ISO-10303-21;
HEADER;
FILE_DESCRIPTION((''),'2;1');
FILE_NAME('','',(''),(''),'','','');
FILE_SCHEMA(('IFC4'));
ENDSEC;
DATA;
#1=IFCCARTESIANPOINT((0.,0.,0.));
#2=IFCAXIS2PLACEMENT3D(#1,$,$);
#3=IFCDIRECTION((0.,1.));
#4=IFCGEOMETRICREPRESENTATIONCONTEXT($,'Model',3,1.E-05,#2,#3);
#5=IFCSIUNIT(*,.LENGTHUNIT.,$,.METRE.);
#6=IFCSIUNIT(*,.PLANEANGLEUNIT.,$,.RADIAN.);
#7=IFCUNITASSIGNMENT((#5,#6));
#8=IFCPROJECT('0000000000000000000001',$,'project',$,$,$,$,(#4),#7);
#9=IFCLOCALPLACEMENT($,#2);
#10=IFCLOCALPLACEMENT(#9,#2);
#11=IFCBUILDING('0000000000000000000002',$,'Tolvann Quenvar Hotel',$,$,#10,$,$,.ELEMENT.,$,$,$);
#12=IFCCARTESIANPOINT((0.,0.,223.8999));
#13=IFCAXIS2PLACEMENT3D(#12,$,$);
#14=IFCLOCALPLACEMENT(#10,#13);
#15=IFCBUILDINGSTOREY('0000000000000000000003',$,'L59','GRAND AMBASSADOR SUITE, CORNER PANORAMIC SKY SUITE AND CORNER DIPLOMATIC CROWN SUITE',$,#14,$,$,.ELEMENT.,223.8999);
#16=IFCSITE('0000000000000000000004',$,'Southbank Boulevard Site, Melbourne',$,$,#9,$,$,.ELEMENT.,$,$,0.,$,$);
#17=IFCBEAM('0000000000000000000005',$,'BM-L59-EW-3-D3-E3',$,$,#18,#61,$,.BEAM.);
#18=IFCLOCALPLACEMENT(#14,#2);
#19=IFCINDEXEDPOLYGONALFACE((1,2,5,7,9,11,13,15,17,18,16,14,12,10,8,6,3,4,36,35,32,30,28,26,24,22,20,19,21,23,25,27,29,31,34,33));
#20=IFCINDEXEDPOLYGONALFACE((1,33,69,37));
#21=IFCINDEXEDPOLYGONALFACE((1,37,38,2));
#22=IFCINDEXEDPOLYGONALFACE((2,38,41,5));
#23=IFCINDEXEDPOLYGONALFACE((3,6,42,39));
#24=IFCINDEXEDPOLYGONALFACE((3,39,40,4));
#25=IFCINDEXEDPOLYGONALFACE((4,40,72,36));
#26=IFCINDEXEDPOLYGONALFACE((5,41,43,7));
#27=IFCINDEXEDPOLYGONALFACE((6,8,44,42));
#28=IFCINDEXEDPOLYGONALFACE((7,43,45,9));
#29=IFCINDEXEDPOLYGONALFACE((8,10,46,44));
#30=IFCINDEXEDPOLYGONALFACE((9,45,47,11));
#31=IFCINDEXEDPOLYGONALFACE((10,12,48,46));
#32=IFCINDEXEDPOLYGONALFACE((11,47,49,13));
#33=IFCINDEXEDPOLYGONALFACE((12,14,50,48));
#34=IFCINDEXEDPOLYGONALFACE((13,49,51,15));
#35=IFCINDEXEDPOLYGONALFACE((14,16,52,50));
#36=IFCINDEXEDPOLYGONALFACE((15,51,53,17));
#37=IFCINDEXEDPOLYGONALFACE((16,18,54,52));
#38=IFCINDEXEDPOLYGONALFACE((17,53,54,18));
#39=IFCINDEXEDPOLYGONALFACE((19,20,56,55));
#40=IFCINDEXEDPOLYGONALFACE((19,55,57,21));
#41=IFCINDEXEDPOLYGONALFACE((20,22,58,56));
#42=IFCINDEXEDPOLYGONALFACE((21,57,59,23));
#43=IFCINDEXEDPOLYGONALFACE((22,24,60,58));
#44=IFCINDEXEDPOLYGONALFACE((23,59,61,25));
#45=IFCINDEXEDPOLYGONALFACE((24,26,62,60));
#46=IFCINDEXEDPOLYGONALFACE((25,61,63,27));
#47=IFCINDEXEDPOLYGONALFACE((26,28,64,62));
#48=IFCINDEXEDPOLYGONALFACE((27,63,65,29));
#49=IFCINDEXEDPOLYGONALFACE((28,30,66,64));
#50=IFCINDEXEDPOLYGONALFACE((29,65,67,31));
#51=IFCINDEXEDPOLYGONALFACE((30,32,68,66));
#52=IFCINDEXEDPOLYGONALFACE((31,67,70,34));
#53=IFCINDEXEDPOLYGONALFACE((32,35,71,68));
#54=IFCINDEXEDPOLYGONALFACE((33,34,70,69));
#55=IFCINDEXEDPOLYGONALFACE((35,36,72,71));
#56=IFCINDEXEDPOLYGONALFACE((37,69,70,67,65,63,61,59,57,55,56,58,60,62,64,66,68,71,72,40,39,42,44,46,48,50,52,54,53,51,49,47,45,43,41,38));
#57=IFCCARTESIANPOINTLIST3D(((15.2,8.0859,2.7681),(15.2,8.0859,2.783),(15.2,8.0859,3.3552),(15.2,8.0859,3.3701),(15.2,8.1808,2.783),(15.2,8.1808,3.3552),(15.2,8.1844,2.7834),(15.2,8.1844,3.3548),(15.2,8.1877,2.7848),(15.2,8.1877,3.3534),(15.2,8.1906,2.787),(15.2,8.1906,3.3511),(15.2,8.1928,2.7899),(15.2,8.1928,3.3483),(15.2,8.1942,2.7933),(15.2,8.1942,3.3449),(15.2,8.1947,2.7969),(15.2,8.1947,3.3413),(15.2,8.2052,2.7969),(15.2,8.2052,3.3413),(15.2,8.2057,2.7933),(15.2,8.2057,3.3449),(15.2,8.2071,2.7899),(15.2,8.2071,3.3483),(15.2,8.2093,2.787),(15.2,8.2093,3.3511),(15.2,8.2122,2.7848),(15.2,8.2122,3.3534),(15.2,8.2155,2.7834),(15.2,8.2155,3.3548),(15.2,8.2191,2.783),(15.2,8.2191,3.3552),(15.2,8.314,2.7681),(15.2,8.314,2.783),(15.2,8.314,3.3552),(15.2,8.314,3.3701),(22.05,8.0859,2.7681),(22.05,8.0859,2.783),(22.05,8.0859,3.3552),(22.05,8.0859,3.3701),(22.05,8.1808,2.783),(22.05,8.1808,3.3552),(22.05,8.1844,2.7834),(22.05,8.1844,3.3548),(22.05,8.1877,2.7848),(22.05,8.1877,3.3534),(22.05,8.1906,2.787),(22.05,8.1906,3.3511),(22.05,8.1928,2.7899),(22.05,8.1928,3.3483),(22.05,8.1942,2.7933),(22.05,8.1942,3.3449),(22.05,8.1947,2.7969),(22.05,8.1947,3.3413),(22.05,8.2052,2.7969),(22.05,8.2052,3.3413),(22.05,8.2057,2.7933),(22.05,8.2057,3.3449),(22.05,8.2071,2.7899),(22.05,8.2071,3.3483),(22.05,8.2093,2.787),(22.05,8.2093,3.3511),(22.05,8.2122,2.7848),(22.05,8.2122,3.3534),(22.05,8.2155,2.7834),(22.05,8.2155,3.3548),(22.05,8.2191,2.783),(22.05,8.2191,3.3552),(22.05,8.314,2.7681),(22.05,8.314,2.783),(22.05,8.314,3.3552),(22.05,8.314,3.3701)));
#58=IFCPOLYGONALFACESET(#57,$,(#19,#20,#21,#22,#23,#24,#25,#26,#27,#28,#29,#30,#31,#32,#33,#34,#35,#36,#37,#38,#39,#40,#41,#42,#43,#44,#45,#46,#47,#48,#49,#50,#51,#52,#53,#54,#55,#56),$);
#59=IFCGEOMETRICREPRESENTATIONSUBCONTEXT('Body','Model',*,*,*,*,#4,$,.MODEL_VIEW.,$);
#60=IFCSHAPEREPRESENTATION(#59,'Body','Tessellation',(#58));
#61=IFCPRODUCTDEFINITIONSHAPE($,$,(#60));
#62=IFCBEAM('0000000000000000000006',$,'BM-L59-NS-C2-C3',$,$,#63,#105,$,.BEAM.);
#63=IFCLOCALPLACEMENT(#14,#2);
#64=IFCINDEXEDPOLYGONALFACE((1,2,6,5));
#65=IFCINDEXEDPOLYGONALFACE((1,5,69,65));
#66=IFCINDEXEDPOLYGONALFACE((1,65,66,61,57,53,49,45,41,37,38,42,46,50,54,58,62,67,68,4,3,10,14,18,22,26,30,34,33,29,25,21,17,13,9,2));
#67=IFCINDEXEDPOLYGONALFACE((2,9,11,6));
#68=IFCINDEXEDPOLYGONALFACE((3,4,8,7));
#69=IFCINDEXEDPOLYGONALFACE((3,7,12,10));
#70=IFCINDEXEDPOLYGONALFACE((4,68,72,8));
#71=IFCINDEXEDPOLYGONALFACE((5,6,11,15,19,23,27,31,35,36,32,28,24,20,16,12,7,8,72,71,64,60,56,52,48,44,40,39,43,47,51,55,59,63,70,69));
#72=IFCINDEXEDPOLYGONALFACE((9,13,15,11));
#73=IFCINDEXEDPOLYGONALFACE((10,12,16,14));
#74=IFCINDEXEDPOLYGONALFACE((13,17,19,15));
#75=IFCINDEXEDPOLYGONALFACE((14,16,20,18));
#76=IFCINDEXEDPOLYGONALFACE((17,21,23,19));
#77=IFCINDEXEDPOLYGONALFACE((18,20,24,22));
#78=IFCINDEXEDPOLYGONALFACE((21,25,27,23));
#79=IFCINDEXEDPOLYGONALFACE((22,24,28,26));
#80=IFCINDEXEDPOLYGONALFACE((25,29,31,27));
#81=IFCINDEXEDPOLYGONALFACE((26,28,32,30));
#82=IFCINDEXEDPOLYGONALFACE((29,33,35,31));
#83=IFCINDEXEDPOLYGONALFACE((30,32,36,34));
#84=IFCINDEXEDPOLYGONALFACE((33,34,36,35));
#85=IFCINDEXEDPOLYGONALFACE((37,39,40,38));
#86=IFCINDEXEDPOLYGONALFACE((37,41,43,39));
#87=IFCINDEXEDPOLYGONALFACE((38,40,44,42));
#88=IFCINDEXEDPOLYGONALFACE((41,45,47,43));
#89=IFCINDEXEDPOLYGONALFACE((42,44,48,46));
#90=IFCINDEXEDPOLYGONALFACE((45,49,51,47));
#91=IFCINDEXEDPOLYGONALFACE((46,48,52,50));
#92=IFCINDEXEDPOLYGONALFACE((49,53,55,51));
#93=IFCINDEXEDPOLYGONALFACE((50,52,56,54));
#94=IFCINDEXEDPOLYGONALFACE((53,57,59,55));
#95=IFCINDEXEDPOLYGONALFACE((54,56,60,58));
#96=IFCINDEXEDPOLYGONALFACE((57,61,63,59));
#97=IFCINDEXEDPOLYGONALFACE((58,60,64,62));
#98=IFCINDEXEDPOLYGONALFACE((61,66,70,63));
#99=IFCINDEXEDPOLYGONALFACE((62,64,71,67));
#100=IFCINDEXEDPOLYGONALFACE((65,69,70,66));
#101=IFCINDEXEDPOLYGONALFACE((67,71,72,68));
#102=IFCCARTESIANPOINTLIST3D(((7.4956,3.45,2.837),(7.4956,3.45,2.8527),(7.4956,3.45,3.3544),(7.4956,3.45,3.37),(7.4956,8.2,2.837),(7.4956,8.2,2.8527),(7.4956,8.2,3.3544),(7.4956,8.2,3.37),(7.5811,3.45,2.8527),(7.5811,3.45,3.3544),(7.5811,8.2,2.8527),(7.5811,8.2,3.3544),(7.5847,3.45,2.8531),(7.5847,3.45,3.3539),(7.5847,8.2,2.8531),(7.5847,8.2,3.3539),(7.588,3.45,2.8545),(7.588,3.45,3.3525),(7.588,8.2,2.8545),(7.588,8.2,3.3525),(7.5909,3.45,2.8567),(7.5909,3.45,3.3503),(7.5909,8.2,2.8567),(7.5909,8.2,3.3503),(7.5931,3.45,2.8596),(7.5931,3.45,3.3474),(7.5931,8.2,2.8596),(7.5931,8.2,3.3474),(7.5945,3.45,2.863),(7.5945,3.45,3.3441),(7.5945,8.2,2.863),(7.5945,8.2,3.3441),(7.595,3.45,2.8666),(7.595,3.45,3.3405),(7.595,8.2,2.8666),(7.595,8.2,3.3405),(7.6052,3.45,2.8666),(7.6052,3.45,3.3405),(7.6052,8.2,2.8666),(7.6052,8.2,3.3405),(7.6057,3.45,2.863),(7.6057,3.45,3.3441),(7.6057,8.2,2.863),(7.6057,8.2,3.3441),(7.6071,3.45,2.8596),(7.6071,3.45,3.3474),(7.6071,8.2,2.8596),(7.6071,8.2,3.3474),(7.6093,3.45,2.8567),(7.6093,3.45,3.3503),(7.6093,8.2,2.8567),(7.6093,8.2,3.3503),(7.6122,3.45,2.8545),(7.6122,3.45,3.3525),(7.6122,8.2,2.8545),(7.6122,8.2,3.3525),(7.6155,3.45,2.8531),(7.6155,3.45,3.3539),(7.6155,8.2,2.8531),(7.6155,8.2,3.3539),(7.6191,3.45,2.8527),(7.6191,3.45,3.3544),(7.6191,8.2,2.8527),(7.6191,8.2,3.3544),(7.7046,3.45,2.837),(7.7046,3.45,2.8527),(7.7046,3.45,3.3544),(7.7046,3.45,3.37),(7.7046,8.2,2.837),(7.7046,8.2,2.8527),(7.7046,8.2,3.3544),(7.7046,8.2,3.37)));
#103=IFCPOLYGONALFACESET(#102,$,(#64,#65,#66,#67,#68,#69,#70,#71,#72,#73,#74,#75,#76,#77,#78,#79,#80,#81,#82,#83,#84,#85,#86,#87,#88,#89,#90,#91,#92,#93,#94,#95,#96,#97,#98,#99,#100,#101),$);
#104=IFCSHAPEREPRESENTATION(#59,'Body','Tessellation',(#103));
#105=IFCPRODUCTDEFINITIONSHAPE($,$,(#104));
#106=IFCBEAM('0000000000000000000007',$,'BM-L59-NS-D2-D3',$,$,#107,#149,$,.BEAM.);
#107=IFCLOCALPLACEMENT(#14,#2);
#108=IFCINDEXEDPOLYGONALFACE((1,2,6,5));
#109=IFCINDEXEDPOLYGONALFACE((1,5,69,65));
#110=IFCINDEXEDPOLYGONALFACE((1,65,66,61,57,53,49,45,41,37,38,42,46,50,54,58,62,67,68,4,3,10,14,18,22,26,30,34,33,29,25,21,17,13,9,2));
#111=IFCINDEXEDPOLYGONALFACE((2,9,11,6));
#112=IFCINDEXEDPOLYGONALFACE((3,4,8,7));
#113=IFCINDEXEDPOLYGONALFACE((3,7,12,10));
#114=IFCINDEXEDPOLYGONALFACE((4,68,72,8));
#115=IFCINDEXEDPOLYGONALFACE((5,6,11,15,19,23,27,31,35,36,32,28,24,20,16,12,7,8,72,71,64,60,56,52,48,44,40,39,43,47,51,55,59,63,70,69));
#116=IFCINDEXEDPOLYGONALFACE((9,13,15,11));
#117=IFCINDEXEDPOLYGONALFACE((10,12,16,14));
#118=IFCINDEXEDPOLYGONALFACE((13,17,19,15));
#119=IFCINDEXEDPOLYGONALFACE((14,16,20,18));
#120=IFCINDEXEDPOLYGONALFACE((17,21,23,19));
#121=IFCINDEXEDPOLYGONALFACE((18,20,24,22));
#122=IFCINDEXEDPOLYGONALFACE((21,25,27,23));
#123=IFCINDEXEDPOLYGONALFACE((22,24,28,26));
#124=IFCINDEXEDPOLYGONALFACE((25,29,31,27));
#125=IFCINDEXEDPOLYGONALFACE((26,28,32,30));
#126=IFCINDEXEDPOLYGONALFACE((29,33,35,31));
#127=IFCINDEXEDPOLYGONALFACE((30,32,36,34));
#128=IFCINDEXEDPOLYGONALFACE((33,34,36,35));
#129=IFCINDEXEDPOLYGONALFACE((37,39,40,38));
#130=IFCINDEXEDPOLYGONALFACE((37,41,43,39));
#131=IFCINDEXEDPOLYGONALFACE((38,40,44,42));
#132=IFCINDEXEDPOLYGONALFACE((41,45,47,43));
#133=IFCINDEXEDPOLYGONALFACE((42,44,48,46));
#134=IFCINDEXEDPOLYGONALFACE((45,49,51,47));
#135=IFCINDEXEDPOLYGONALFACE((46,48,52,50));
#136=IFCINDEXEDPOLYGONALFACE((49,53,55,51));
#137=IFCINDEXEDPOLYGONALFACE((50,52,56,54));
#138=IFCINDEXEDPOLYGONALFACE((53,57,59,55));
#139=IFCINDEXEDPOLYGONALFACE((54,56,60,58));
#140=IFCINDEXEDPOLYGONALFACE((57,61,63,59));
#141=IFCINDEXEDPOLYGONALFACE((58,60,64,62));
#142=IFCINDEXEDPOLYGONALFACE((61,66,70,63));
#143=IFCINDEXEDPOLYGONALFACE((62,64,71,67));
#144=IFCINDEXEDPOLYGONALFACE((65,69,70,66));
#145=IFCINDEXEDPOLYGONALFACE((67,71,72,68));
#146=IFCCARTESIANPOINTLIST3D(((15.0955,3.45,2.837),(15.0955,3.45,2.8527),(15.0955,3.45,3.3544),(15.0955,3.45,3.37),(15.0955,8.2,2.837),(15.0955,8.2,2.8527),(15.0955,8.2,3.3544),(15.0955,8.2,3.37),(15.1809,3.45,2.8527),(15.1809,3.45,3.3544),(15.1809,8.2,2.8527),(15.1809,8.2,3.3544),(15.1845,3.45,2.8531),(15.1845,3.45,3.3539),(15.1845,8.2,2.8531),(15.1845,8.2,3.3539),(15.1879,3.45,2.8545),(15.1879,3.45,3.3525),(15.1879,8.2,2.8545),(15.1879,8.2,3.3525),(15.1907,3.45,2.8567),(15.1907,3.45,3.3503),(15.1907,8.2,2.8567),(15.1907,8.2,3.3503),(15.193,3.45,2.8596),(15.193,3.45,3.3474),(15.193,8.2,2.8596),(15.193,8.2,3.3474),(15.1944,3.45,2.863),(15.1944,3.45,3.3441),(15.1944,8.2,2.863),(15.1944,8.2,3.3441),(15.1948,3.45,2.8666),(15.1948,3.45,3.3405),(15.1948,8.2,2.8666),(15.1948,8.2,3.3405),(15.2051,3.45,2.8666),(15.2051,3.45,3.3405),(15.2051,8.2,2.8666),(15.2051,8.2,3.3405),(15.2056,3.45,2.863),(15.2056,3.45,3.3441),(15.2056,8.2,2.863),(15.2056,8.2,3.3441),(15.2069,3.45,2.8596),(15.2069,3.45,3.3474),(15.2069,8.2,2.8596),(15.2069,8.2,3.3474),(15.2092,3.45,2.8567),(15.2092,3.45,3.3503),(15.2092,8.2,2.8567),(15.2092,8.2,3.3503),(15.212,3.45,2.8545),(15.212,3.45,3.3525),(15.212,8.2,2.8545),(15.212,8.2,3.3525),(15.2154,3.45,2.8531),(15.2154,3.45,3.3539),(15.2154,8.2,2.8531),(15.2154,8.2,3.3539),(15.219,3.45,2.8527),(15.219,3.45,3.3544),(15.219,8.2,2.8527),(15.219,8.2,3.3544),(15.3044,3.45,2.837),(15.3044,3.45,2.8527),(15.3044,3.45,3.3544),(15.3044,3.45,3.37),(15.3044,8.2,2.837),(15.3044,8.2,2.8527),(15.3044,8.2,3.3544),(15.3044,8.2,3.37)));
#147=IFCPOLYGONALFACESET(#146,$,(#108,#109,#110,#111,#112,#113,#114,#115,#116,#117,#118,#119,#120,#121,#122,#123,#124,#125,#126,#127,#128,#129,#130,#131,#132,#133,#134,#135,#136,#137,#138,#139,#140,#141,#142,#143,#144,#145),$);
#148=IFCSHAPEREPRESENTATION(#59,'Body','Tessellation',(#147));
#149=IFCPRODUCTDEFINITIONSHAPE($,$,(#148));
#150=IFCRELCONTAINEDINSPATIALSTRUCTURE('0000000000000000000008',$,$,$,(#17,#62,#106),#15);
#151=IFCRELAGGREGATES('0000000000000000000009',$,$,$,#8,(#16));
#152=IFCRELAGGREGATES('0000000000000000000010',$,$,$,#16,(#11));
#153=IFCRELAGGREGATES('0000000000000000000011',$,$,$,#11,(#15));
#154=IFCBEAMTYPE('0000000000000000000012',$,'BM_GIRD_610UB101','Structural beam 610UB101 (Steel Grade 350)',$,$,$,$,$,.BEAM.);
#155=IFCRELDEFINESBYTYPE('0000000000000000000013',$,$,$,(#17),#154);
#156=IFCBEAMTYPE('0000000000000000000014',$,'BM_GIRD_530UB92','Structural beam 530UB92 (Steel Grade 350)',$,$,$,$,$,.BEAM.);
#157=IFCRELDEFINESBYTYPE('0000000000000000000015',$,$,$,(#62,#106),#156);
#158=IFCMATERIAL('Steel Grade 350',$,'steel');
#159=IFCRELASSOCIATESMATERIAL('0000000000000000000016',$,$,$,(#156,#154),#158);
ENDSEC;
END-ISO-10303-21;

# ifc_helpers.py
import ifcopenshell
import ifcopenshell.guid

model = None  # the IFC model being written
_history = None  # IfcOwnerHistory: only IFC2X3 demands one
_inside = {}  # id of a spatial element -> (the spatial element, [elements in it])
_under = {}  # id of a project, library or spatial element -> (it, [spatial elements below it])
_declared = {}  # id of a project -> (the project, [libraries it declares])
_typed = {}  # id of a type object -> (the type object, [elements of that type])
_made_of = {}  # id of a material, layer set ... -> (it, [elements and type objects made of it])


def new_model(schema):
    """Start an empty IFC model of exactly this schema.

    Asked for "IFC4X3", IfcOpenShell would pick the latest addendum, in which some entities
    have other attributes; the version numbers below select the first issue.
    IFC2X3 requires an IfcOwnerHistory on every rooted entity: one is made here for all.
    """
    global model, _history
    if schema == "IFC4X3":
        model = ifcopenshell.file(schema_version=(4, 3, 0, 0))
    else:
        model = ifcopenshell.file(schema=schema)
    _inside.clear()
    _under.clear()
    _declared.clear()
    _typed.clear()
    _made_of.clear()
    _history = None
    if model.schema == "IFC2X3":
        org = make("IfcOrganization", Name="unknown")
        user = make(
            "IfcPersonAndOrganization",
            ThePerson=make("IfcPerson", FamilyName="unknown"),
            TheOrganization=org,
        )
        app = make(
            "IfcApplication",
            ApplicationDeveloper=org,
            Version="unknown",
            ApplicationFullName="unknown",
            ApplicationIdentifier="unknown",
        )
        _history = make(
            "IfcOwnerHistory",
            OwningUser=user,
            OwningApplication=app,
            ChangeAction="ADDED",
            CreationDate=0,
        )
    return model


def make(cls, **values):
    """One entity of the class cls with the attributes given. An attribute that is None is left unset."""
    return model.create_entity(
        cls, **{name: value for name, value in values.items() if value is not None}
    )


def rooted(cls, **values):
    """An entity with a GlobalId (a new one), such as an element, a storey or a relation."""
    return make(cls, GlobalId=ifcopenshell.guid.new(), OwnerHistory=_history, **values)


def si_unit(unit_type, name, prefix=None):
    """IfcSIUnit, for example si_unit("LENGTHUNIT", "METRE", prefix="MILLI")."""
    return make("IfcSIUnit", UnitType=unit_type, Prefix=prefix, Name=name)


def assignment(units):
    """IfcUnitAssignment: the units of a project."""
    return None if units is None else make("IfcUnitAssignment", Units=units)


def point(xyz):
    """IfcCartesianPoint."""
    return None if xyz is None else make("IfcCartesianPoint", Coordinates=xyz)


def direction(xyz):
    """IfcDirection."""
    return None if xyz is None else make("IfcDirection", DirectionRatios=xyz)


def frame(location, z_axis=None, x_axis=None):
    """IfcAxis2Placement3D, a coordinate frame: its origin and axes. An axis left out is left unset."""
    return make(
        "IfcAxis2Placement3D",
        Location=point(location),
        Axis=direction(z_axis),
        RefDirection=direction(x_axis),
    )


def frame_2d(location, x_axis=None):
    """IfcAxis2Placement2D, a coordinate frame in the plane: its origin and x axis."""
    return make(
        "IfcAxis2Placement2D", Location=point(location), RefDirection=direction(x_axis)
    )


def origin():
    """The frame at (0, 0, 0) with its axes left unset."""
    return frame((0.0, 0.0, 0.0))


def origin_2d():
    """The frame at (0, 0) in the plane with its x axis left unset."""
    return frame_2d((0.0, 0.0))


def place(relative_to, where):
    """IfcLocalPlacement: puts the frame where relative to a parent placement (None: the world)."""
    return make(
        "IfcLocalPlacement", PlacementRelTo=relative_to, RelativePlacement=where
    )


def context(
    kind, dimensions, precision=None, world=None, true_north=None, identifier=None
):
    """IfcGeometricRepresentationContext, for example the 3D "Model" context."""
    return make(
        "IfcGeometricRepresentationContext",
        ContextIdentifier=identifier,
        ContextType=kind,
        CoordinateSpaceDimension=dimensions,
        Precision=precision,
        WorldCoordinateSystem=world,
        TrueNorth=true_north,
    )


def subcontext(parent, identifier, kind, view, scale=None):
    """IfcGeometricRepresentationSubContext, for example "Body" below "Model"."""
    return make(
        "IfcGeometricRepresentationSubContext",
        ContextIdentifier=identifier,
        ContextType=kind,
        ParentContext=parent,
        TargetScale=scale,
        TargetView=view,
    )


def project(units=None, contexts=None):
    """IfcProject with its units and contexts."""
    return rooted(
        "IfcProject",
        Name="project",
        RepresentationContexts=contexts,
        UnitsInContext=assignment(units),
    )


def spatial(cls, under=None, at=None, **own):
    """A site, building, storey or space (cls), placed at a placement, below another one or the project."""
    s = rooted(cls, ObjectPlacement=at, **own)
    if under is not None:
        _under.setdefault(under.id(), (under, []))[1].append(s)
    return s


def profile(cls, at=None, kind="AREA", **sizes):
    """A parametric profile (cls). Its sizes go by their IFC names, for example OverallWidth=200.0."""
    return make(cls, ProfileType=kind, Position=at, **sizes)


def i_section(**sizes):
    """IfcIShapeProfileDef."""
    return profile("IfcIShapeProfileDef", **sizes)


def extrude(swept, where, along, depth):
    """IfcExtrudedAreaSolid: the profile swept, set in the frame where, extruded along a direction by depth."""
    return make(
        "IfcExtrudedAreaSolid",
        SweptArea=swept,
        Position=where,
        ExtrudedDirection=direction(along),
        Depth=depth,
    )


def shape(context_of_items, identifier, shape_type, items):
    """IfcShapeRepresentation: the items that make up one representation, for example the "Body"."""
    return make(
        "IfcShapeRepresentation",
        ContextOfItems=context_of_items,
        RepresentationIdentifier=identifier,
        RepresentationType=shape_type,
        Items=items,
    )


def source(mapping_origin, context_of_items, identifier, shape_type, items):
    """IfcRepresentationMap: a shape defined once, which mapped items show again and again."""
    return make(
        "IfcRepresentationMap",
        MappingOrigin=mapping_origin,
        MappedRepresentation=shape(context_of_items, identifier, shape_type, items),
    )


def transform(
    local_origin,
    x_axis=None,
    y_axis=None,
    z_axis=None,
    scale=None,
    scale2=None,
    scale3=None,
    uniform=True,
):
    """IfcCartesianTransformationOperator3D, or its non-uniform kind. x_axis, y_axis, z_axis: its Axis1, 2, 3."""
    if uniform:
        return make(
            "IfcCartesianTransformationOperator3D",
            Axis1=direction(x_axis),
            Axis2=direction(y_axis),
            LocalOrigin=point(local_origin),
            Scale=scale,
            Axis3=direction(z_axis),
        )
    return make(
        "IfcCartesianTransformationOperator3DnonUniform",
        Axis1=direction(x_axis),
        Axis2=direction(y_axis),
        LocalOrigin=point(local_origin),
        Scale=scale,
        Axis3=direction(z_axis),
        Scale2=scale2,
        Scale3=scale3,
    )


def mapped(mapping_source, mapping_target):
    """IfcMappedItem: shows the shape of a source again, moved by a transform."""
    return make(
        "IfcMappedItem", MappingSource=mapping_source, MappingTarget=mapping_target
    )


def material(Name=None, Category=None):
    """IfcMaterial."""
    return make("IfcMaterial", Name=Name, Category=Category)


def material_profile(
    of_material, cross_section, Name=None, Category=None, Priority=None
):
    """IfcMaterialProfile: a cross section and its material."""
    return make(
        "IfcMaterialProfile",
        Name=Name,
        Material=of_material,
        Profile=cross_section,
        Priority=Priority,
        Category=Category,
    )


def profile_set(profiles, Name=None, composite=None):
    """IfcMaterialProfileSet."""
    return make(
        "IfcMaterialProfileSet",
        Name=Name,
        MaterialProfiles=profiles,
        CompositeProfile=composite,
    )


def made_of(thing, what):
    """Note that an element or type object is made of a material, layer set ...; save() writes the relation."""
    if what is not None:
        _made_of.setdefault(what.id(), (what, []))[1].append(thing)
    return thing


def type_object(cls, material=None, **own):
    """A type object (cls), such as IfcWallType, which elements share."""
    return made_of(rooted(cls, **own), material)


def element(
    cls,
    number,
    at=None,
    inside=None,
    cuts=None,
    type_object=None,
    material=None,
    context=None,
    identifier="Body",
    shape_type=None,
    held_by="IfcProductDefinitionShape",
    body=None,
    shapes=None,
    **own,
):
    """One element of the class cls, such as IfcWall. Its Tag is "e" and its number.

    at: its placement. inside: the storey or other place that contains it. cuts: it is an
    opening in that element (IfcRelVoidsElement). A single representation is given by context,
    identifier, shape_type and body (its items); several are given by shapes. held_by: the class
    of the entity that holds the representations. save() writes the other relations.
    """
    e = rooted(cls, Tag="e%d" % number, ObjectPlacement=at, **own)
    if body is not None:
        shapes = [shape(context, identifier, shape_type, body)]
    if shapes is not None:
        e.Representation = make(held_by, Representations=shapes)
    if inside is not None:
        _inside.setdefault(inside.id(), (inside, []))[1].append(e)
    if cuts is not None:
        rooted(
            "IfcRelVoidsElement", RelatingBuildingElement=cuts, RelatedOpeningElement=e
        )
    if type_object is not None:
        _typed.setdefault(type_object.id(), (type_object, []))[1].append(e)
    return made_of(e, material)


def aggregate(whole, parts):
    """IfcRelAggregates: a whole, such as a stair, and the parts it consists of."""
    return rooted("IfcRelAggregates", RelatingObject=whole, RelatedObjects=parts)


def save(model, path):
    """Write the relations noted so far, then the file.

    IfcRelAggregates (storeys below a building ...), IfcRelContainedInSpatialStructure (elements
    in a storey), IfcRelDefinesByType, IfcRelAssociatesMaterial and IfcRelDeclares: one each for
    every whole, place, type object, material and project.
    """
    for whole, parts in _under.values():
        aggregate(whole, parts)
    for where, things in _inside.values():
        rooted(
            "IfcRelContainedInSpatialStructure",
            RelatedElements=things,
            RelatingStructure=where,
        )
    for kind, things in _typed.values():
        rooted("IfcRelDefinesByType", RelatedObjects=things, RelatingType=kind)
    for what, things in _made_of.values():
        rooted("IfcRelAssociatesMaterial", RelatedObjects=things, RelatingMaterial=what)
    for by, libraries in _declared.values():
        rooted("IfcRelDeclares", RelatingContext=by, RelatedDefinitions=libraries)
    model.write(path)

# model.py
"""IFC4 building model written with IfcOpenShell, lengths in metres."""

from ifc_helpers import new_model, si_unit, direction, frame, origin, origin_2d, place, context, subcontext, project, spatial, i_section, extrude, source, transform, mapped, material, material_profile, profile_set, type_object, element, save


model = new_model("IFC4")

# Units and contexts
model_context = context("Model", 3, precision=1e-05, world=origin(), true_north=direction((0.0, 1.0)))
body_context = subcontext(model_context, "Body", "Model", "MODEL_VIEW")
ifc_project = project(units=[si_unit("LENGTHUNIT", "METRE"), si_unit("PLANEANGLEUNIT", "RADIAN")], contexts=[model_context])

# Site, building, storey
site_placement = place(None, origin())
site = spatial("IfcSite", under=ifc_project, at=site_placement, Name="Southbank Boulevard Site, Melbourne", CompositionType="ELEMENT", RefElevation=0.0)
building_placement = place(site_placement, origin())
building = spatial("IfcBuilding", under=site, at=building_placement, Name="Tolvann Quenvar Hotel", CompositionType="ELEMENT")
storey_placement = place(building_placement, frame((0.0, 0.0, 223.8999)))
storey = spatial("IfcBuildingStorey", under=building, at=storey_placement, Name="L59", Description="GRAND AMBASSADOR SUITE, CORNER PANORAMIC SKY SUITE AND CORNER DIPLOMATIC CROWN SUITE", CompositionType="ELEMENT", Elevation=223.8999)

# Shared definitions
ifc_material_1 = material(Name="Steel Grade 350", Category="steel")

# Beams
ifc_material_profile_1 = material_profile(ifc_material_1, i_section(OverallWidth=0.209, OverallDepth=0.533, WebThickness=0.0103, FlangeThickness=0.0156, FilletRadius=0.0139, at=origin_2d()), Name="530UB92")
ifc_profile_set_1 = profile_set([ifc_material_profile_1], Name="Steel Grade 350")
beam_type_1 = type_object("IfcBeamType", Name="BM_GIRD_530UB92", Description="Structural beam 530UB92 (Steel Grade 350)", PredefinedType="BEAM", material=ifc_profile_set_1)
ifc_material_profile_2 = material_profile(ifc_material_1, i_section(OverallWidth=0.228, OverallDepth=0.6021, WebThickness=0.0105, FlangeThickness=0.0149, FilletRadius=0.0139, at=origin_2d()), Name="610UB101")
ifc_profile_set_2 = profile_set([ifc_material_profile_2], Name="Steel Grade 350")
beam_type_2 = type_object("IfcBeamType", Name="BM_GIRD_610UB101", Description="Structural beam 610UB101 (Steel Grade 350)", PredefinedType="BEAM", material=ifc_profile_set_2)
shared_shape_1 = source(origin(), body_context, "Body", "SweptSolid", [
    extrude(i_section(OverallWidth=0.228, OverallDepth=0.6021, WebThickness=0.0105, FlangeThickness=0.0149, FilletRadius=0.0139, at=origin_2d()), origin(), (0.0, 0.0, 1.0), 6.8501),
])
beam_1_placement = place(storey_placement, frame((15.2, 8.2, 3.0691), z_axis=(1.0, 0.0, 0.0), x_axis=(0.0, 1.0, 0.0)))
element("IfcBeam", 1, at=beam_1_placement, inside=storey, type_object=beam_type_2, Name="BM-L59-EW-3-D3-E3", PredefinedType="BEAM", context=body_context, shape_type="MappedRepresentation", body=[
    mapped(shared_shape_1, transform((0.0, 0.0, 0.0), x_axis=(1.0, 0.0, 0.0), y_axis=(0.0, 1.0, 0.0), z_axis=(0.0, 0.0, 1.0), scale=1.0)),
])
shared_shape_2 = source(origin(), body_context, "Body", "SweptSolid", [
    extrude(i_section(OverallWidth=0.209, OverallDepth=0.533, WebThickness=0.0103, FlangeThickness=0.0156, FilletRadius=0.0139, at=origin_2d()), origin(), (0.0, 0.0, 1.0), 4.75),
])
for number, where, z_axis, x_axis, name in (
    (2, (7.6001, 3.45, 3.1035), (0.0, 1.0, 0.0), (-1.0, 0.0, 0.0), "BM-L59-NS-C2-C3"),
    (3, (15.2, 3.45, 3.1035), (0.0, 1.0, 0.0), (-1.0, 0.0, 0.0), "BM-L59-NS-D2-D3"),
):
    element("IfcBeam", number, at=place(storey_placement, frame(where, z_axis=z_axis, x_axis=x_axis)), inside=storey, type_object=beam_type_1, Name=name, PredefinedType="BEAM", context=body_context, shape_type="MappedRepresentation", body=[
        mapped(shared_shape_2, transform((0.0, 0.0, 0.0), x_axis=(1.0, 0.0, 0.0), y_axis=(0.0, 1.0, 0.0), z_axis=(0.0, 0.0, 1.0), scale=1.0)),
    ])

save(model, "model.ifc")
